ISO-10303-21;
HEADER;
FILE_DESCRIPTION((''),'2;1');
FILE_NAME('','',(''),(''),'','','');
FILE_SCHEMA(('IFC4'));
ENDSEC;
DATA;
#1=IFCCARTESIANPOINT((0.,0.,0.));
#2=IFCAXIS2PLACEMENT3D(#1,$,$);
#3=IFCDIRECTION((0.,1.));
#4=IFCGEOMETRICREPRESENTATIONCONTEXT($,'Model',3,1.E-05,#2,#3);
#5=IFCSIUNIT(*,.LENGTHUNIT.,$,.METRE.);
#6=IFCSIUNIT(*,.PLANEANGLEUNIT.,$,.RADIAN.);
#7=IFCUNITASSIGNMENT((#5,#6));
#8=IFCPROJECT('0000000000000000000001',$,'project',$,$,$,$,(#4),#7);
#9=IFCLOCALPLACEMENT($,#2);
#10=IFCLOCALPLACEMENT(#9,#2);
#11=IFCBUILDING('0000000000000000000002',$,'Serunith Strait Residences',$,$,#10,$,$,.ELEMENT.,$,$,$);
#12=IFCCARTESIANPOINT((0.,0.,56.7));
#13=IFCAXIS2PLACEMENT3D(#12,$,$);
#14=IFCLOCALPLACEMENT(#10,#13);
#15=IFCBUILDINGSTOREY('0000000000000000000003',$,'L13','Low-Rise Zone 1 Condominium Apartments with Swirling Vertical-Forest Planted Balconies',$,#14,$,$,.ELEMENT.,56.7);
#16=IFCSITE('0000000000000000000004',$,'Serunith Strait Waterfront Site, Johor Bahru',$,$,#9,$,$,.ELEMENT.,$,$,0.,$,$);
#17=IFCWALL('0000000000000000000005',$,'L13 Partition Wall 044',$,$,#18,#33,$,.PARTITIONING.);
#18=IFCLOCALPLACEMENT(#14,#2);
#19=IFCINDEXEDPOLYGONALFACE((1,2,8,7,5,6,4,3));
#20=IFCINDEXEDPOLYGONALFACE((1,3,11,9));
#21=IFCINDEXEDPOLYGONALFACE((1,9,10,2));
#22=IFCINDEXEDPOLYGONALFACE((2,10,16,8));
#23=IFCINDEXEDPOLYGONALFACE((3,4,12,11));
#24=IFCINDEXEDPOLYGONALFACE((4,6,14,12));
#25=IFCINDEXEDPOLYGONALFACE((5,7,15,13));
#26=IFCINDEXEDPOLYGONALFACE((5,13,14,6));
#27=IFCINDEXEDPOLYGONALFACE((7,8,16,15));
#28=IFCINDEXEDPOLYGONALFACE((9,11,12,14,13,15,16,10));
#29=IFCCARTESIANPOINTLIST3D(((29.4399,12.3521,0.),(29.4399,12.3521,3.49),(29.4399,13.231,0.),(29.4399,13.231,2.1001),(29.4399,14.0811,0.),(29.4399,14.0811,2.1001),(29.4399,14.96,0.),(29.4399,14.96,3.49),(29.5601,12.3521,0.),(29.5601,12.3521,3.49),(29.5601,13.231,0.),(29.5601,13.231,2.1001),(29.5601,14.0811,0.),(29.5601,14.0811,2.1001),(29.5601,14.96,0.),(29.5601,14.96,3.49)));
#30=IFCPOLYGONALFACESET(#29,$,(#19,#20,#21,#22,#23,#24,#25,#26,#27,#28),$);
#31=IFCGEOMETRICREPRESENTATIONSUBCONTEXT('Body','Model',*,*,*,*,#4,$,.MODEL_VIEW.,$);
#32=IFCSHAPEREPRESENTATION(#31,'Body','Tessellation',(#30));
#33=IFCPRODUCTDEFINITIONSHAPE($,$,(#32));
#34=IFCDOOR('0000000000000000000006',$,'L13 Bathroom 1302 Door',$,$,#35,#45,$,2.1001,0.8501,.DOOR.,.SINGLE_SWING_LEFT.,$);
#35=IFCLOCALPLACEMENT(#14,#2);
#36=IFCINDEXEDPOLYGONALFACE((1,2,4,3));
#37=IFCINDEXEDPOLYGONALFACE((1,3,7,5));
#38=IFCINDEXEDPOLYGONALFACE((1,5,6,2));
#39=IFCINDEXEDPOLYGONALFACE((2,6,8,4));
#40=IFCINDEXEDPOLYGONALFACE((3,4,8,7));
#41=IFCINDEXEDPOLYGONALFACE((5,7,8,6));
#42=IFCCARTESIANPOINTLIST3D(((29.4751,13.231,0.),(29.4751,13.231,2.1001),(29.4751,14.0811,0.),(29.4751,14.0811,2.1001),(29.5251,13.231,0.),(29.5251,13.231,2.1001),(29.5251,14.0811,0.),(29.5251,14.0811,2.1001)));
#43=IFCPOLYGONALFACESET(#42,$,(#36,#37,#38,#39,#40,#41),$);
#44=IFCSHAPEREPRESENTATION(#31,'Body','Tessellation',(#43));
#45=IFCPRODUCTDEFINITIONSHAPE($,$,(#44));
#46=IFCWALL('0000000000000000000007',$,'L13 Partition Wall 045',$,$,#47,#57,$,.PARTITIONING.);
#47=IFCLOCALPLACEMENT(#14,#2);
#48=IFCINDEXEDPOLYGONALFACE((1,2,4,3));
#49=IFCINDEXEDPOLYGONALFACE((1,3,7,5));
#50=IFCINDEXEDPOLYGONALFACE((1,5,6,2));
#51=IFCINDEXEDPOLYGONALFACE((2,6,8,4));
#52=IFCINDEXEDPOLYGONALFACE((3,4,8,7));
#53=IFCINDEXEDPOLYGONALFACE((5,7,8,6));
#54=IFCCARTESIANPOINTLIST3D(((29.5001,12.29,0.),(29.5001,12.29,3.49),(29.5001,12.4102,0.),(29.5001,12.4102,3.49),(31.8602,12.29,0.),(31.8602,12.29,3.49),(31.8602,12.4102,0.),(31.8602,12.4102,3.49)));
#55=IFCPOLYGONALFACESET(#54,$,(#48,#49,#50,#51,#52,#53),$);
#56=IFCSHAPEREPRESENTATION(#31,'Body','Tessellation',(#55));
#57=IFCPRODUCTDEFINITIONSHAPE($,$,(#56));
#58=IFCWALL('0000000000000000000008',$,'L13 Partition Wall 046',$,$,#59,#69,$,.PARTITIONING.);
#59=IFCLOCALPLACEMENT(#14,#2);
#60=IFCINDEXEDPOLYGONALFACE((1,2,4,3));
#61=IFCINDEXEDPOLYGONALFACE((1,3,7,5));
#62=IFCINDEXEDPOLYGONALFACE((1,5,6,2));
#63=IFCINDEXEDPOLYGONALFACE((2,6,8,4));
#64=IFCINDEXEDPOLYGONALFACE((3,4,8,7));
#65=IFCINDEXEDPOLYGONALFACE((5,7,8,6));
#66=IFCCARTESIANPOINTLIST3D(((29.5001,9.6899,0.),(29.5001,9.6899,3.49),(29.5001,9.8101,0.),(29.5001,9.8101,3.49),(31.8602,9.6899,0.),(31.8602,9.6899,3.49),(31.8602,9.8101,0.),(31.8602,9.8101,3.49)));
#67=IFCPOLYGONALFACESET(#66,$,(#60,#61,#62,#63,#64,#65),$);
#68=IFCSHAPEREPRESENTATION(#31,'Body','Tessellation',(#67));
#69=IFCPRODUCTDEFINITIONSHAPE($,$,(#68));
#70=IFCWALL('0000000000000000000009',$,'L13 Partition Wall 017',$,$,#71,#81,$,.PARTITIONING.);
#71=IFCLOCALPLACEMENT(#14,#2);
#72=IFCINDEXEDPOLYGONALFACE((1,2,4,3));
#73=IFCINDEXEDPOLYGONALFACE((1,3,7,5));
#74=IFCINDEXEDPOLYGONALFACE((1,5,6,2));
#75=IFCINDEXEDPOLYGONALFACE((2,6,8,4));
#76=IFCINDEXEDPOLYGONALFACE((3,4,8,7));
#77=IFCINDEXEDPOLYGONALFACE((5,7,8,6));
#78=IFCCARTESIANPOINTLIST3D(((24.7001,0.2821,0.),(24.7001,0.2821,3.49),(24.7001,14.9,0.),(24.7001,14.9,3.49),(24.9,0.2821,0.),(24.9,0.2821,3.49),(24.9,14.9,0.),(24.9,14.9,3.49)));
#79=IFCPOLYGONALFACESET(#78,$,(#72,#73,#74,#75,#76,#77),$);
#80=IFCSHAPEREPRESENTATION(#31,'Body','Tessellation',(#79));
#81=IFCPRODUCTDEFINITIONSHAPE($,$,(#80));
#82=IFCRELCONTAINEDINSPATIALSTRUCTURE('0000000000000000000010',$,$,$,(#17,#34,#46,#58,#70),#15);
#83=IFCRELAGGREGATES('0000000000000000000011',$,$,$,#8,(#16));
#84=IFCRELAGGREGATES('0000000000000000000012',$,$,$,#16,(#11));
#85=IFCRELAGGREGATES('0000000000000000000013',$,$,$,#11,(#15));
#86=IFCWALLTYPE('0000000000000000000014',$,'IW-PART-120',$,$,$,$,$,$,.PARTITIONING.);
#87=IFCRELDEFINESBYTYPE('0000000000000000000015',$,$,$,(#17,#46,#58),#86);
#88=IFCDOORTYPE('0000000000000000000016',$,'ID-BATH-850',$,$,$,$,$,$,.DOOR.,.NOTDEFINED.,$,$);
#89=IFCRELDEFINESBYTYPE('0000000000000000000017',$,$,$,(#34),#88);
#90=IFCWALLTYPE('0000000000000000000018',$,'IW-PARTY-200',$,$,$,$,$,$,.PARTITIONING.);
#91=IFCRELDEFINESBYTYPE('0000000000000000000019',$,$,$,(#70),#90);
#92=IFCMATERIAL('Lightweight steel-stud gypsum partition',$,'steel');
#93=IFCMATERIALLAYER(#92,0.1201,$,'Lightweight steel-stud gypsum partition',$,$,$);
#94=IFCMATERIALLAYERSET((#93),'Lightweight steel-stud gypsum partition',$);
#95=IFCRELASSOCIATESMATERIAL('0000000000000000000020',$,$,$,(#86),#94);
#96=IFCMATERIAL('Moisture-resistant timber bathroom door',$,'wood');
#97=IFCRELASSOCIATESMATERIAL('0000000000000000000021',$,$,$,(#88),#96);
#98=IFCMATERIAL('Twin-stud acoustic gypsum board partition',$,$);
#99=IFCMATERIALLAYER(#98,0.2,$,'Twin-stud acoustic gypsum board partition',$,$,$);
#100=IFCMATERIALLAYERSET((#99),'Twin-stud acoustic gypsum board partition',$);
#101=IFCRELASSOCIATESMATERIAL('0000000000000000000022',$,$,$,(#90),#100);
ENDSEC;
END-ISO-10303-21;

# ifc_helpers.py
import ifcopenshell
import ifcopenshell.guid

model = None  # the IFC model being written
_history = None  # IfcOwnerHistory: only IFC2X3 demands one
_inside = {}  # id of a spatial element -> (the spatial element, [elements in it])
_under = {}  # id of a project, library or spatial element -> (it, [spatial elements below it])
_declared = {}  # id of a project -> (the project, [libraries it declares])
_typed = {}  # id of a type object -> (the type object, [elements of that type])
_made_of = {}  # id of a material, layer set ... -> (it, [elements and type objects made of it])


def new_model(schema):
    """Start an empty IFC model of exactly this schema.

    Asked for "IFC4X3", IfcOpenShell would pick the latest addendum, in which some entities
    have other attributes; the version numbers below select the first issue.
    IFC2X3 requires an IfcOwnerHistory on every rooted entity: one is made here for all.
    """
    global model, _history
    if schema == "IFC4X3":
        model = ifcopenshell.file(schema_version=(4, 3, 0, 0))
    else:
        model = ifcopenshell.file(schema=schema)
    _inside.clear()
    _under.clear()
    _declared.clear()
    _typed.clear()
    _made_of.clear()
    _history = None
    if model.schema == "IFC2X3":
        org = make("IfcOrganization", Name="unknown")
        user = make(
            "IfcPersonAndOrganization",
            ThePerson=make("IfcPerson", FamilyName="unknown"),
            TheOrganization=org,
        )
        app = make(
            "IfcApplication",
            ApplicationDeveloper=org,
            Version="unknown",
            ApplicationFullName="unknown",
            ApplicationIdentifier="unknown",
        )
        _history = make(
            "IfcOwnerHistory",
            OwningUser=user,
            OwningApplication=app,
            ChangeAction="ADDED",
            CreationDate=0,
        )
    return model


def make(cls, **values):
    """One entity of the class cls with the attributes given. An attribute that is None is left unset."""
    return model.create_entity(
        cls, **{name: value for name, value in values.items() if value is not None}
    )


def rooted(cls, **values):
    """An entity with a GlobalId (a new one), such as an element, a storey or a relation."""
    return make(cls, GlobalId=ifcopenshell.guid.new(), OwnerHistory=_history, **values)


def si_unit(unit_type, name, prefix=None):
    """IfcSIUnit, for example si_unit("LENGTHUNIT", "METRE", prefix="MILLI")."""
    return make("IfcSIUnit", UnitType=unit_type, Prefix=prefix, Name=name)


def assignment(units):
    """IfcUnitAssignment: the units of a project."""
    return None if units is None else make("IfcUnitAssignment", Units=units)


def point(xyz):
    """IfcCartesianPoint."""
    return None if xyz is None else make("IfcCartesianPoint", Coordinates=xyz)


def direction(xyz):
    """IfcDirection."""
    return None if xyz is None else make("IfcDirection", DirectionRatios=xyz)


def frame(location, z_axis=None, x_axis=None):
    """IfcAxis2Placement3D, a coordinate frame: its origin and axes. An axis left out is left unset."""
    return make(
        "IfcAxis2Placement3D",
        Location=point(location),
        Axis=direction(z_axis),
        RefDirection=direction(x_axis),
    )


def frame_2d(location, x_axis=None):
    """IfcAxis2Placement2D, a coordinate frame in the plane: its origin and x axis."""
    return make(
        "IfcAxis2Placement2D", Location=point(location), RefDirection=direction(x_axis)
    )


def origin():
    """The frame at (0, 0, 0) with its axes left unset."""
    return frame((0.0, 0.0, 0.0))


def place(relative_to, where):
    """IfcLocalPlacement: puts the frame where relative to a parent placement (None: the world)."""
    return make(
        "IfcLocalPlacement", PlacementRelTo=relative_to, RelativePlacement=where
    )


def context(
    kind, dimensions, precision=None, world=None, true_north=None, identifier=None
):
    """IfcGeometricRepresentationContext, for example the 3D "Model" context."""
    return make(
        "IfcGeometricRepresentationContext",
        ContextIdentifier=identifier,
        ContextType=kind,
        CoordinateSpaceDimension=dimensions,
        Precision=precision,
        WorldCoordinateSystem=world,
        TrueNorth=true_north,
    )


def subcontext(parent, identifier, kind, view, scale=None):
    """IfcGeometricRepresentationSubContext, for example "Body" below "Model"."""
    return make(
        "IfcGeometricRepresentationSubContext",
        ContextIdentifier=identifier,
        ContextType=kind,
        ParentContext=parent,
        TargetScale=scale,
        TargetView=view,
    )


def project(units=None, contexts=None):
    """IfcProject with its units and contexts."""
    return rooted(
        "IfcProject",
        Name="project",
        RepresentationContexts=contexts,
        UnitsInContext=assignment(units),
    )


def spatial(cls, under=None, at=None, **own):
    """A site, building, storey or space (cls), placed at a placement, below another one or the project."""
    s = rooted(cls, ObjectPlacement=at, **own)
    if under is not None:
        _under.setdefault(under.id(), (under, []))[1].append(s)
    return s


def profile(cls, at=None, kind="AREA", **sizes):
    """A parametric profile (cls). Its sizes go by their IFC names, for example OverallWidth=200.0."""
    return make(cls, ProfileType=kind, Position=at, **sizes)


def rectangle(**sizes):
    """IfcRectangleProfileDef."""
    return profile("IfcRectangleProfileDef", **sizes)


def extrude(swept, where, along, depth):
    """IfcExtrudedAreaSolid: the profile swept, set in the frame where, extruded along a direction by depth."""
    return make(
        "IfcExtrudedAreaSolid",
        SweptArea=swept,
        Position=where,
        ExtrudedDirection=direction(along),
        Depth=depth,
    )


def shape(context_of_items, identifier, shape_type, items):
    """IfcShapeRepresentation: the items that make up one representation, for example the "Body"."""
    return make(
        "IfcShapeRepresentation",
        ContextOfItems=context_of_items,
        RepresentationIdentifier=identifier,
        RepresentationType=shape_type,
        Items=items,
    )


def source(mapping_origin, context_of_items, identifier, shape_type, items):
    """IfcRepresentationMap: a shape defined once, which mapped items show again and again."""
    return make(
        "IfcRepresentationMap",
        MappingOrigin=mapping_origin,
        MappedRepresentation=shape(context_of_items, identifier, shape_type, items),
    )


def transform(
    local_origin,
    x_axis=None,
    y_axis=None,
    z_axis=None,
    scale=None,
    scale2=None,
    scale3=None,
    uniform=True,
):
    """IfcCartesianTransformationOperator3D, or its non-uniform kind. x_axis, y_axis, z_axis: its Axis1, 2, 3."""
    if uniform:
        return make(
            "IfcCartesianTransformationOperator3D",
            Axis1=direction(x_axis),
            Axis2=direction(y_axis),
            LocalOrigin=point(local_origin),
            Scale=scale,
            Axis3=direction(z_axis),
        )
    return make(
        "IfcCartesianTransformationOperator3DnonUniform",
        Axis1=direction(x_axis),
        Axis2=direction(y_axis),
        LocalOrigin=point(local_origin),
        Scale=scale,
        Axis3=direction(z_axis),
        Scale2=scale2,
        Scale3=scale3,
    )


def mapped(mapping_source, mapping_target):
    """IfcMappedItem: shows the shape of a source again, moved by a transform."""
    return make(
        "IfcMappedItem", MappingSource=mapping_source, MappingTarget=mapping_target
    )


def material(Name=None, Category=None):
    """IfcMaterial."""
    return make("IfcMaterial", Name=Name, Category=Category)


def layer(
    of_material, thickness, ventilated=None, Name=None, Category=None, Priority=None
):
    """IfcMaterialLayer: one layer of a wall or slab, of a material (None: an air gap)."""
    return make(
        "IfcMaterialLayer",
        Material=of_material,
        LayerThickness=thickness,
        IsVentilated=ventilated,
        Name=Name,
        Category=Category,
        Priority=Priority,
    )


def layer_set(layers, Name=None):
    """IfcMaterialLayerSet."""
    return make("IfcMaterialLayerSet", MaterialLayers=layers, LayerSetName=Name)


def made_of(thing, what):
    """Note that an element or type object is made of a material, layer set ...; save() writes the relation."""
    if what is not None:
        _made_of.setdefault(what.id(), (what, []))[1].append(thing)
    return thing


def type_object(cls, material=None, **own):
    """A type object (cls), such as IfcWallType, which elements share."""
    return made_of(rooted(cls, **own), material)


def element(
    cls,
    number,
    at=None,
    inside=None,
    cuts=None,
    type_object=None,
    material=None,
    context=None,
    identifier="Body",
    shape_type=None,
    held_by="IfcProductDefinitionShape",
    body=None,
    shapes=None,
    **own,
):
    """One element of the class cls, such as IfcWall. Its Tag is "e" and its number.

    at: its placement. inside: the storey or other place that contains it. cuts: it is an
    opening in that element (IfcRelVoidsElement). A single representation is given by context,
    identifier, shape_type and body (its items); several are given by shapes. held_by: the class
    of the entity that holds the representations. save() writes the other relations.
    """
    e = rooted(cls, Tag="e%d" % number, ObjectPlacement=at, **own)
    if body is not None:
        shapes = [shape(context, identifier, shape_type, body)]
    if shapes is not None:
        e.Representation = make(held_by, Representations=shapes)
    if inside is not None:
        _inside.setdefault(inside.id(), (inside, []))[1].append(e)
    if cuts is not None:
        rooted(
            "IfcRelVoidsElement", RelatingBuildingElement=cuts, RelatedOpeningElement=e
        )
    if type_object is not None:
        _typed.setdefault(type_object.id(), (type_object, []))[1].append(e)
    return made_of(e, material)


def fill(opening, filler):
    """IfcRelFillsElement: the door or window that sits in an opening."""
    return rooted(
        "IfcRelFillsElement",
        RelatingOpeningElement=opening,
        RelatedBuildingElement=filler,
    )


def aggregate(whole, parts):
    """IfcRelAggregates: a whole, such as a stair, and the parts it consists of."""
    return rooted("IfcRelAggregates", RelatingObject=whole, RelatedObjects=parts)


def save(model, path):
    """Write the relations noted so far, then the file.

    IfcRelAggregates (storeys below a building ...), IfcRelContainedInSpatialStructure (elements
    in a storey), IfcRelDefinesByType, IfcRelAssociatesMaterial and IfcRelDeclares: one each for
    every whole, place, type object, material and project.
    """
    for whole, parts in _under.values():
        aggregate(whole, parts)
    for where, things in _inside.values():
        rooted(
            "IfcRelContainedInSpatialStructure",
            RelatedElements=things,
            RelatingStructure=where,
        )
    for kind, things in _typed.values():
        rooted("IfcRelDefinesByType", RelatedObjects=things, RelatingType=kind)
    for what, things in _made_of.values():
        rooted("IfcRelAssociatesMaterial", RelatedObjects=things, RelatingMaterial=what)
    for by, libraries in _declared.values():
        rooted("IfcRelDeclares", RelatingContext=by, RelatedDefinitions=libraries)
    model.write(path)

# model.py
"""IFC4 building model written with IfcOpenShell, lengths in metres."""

from ifc_helpers import new_model, si_unit, direction, frame, frame_2d, origin, place, context, subcontext, project, spatial, rectangle, extrude, source, transform, mapped, material, layer, layer_set, type_object, element, fill, save


model = new_model("IFC4")

# Units and contexts
model_context = context("Model", 3, precision=1e-05, world=origin(), true_north=direction((0.0, 1.0)))
body_context = subcontext(model_context, "Body", "Model", "MODEL_VIEW")
ifc_project = project(units=[si_unit("LENGTHUNIT", "METRE"), si_unit("PLANEANGLEUNIT", "RADIAN")], contexts=[model_context])

# Site, building, storey
site_placement = place(None, origin())
site = spatial("IfcSite", under=ifc_project, at=site_placement, Name="Serunith Strait Waterfront Site, Johor Bahru", CompositionType="ELEMENT", RefElevation=0.0)
building_placement = place(site_placement, origin())
building = spatial("IfcBuilding", under=site, at=building_placement, Name="Serunith Strait Residences", CompositionType="ELEMENT")
storey_placement = place(building_placement, frame((0.0, 0.0, 56.7)))
storey = spatial("IfcBuildingStorey", under=building, at=storey_placement, Name="L13", Description="Low-Rise Zone 1 Condominium Apartments with Swirling Vertical-Forest Planted Balconies", CompositionType="ELEMENT", Elevation=56.7)

# Shared definitions
ifc_material_1 = material(Name="Lightweight steel-stud gypsum partition", Category="steel")
ifc_layer_1 = layer(ifc_material_1, 0.1201, Name="Lightweight steel-stud gypsum partition")
ifc_layer_set_1 = layer_set([ifc_layer_1], Name="Lightweight steel-stud gypsum partition")
wall_type_1 = type_object("IfcWallType", Name="IW-PART-120", PredefinedType="PARTITIONING", material=ifc_layer_set_1)
shared_shape_1 = source(origin(), body_context, "Body", "SweptSolid", [
    extrude(rectangle(XDim=0.8501, YDim=2.1001, at=frame_2d((0.425, 1.05))), frame((0.0, 0.0249, 0.0), z_axis=(0.0, -1.0, 0.0), x_axis=(1.0, 0.0, 0.0)), (0.0, 0.0, 1.0), 0.05),
])

# Wall, opening, door
wall_1_placement = place(storey_placement, frame((29.5, 12.3521, 0.0), z_axis=(0.0, 0.0, 1.0), x_axis=(0.0, 1.0, 0.0)))
wall_1 = element("IfcWall", 1, at=wall_1_placement, inside=storey, type_object=wall_type_1, Name="L13 Partition Wall 044", PredefinedType="PARTITIONING", context=body_context, shape_type="SweptSolid", body=[
    extrude(rectangle(XDim=2.6079, YDim=0.1201, at=frame_2d((1.304, 0.0))), origin(), (0.0, 0.0, 1.0), 3.49),
])
opening_1_placement = place(wall_1_placement, frame((0.8789, 0.0, 0.0)))
opening_1 = element("IfcOpeningElement", 2, at=opening_1_placement, cuts=wall_1, PredefinedType="OPENING", context=body_context, shape_type="SweptSolid", body=[
    extrude(rectangle(XDim=0.8501, YDim=2.1001, at=frame_2d((0.425, 1.05))), frame((0.0, 0.0701, 0.0), z_axis=(0.0, -1.0, 0.0), x_axis=(1.0, 0.0, 0.0)), (0.0, 0.0, 1.0), 0.1401),
])
ifc_material_2 = material(Name="Moisture-resistant timber bathroom door", Category="wood")
door_type_1 = type_object("IfcDoorType", Name="ID-BATH-850", OperationType="NOTDEFINED", PredefinedType="DOOR", material=ifc_material_2)
door_1_placement = place(opening_1_placement, origin())
door_1 = element("IfcDoor", 3, at=door_1_placement, inside=storey, type_object=door_type_1, Name="L13 Bathroom 1302 Door", OperationType="SINGLE_SWING_LEFT", OverallHeight=2.1001, OverallWidth=0.8501, PredefinedType="DOOR", context=body_context, shape_type="MappedRepresentation", body=[
    mapped(shared_shape_1, transform((0.0, 0.0, 0.0), scale=1.0)),
])
fill(opening_1, door_1)

# Walls
for number, where, z_axis, x_axis, name in (
    (4, (29.5, 12.3501, 0.0), (0.0, 0.0, 1.0), (1.0, 0.0, 0.0), "L13 Partition Wall 045"),
    (5, (29.5, 9.75, 0.0), (0.0, 0.0, 1.0), (1.0, 0.0, 0.0), "L13 Partition Wall 046"),
):
    element("IfcWall", number, at=place(storey_placement, frame(where, z_axis=z_axis, x_axis=x_axis)), inside=storey, type_object=wall_type_1, Name=name, PredefinedType="PARTITIONING", context=body_context, shape_type="SweptSolid", body=[
        extrude(rectangle(XDim=2.3601, YDim=0.1201, at=frame_2d((1.1802, 0.0))), origin(), (0.0, 0.0, 1.0), 3.49),
    ])
ifc_material_3 = material(Name="Twin-stud acoustic gypsum board partition")
ifc_layer_2 = layer(ifc_material_3, 0.2, Name="Twin-stud acoustic gypsum board partition")
ifc_layer_set_2 = layer_set([ifc_layer_2], Name="Twin-stud acoustic gypsum board partition")
wall_type_2 = type_object("IfcWallType", Name="IW-PARTY-200", PredefinedType="PARTITIONING", material=ifc_layer_set_2)
wall_2_placement = place(storey_placement, frame((24.8, 0.282, 0.0), z_axis=(0.0, 0.0, 1.0), x_axis=(0.0, 1.0, 0.0)))
element("IfcWall", 6, at=wall_2_placement, inside=storey, type_object=wall_type_2, Name="L13 Partition Wall 017", PredefinedType="PARTITIONING", context=body_context, shape_type="SweptSolid", body=[
    extrude(rectangle(XDim=14.6179, YDim=0.2, at=frame_2d((7.3091, 0.0))), origin(), (0.0, 0.0, 1.0), 3.49),
])

save(model, "model.ifc")
